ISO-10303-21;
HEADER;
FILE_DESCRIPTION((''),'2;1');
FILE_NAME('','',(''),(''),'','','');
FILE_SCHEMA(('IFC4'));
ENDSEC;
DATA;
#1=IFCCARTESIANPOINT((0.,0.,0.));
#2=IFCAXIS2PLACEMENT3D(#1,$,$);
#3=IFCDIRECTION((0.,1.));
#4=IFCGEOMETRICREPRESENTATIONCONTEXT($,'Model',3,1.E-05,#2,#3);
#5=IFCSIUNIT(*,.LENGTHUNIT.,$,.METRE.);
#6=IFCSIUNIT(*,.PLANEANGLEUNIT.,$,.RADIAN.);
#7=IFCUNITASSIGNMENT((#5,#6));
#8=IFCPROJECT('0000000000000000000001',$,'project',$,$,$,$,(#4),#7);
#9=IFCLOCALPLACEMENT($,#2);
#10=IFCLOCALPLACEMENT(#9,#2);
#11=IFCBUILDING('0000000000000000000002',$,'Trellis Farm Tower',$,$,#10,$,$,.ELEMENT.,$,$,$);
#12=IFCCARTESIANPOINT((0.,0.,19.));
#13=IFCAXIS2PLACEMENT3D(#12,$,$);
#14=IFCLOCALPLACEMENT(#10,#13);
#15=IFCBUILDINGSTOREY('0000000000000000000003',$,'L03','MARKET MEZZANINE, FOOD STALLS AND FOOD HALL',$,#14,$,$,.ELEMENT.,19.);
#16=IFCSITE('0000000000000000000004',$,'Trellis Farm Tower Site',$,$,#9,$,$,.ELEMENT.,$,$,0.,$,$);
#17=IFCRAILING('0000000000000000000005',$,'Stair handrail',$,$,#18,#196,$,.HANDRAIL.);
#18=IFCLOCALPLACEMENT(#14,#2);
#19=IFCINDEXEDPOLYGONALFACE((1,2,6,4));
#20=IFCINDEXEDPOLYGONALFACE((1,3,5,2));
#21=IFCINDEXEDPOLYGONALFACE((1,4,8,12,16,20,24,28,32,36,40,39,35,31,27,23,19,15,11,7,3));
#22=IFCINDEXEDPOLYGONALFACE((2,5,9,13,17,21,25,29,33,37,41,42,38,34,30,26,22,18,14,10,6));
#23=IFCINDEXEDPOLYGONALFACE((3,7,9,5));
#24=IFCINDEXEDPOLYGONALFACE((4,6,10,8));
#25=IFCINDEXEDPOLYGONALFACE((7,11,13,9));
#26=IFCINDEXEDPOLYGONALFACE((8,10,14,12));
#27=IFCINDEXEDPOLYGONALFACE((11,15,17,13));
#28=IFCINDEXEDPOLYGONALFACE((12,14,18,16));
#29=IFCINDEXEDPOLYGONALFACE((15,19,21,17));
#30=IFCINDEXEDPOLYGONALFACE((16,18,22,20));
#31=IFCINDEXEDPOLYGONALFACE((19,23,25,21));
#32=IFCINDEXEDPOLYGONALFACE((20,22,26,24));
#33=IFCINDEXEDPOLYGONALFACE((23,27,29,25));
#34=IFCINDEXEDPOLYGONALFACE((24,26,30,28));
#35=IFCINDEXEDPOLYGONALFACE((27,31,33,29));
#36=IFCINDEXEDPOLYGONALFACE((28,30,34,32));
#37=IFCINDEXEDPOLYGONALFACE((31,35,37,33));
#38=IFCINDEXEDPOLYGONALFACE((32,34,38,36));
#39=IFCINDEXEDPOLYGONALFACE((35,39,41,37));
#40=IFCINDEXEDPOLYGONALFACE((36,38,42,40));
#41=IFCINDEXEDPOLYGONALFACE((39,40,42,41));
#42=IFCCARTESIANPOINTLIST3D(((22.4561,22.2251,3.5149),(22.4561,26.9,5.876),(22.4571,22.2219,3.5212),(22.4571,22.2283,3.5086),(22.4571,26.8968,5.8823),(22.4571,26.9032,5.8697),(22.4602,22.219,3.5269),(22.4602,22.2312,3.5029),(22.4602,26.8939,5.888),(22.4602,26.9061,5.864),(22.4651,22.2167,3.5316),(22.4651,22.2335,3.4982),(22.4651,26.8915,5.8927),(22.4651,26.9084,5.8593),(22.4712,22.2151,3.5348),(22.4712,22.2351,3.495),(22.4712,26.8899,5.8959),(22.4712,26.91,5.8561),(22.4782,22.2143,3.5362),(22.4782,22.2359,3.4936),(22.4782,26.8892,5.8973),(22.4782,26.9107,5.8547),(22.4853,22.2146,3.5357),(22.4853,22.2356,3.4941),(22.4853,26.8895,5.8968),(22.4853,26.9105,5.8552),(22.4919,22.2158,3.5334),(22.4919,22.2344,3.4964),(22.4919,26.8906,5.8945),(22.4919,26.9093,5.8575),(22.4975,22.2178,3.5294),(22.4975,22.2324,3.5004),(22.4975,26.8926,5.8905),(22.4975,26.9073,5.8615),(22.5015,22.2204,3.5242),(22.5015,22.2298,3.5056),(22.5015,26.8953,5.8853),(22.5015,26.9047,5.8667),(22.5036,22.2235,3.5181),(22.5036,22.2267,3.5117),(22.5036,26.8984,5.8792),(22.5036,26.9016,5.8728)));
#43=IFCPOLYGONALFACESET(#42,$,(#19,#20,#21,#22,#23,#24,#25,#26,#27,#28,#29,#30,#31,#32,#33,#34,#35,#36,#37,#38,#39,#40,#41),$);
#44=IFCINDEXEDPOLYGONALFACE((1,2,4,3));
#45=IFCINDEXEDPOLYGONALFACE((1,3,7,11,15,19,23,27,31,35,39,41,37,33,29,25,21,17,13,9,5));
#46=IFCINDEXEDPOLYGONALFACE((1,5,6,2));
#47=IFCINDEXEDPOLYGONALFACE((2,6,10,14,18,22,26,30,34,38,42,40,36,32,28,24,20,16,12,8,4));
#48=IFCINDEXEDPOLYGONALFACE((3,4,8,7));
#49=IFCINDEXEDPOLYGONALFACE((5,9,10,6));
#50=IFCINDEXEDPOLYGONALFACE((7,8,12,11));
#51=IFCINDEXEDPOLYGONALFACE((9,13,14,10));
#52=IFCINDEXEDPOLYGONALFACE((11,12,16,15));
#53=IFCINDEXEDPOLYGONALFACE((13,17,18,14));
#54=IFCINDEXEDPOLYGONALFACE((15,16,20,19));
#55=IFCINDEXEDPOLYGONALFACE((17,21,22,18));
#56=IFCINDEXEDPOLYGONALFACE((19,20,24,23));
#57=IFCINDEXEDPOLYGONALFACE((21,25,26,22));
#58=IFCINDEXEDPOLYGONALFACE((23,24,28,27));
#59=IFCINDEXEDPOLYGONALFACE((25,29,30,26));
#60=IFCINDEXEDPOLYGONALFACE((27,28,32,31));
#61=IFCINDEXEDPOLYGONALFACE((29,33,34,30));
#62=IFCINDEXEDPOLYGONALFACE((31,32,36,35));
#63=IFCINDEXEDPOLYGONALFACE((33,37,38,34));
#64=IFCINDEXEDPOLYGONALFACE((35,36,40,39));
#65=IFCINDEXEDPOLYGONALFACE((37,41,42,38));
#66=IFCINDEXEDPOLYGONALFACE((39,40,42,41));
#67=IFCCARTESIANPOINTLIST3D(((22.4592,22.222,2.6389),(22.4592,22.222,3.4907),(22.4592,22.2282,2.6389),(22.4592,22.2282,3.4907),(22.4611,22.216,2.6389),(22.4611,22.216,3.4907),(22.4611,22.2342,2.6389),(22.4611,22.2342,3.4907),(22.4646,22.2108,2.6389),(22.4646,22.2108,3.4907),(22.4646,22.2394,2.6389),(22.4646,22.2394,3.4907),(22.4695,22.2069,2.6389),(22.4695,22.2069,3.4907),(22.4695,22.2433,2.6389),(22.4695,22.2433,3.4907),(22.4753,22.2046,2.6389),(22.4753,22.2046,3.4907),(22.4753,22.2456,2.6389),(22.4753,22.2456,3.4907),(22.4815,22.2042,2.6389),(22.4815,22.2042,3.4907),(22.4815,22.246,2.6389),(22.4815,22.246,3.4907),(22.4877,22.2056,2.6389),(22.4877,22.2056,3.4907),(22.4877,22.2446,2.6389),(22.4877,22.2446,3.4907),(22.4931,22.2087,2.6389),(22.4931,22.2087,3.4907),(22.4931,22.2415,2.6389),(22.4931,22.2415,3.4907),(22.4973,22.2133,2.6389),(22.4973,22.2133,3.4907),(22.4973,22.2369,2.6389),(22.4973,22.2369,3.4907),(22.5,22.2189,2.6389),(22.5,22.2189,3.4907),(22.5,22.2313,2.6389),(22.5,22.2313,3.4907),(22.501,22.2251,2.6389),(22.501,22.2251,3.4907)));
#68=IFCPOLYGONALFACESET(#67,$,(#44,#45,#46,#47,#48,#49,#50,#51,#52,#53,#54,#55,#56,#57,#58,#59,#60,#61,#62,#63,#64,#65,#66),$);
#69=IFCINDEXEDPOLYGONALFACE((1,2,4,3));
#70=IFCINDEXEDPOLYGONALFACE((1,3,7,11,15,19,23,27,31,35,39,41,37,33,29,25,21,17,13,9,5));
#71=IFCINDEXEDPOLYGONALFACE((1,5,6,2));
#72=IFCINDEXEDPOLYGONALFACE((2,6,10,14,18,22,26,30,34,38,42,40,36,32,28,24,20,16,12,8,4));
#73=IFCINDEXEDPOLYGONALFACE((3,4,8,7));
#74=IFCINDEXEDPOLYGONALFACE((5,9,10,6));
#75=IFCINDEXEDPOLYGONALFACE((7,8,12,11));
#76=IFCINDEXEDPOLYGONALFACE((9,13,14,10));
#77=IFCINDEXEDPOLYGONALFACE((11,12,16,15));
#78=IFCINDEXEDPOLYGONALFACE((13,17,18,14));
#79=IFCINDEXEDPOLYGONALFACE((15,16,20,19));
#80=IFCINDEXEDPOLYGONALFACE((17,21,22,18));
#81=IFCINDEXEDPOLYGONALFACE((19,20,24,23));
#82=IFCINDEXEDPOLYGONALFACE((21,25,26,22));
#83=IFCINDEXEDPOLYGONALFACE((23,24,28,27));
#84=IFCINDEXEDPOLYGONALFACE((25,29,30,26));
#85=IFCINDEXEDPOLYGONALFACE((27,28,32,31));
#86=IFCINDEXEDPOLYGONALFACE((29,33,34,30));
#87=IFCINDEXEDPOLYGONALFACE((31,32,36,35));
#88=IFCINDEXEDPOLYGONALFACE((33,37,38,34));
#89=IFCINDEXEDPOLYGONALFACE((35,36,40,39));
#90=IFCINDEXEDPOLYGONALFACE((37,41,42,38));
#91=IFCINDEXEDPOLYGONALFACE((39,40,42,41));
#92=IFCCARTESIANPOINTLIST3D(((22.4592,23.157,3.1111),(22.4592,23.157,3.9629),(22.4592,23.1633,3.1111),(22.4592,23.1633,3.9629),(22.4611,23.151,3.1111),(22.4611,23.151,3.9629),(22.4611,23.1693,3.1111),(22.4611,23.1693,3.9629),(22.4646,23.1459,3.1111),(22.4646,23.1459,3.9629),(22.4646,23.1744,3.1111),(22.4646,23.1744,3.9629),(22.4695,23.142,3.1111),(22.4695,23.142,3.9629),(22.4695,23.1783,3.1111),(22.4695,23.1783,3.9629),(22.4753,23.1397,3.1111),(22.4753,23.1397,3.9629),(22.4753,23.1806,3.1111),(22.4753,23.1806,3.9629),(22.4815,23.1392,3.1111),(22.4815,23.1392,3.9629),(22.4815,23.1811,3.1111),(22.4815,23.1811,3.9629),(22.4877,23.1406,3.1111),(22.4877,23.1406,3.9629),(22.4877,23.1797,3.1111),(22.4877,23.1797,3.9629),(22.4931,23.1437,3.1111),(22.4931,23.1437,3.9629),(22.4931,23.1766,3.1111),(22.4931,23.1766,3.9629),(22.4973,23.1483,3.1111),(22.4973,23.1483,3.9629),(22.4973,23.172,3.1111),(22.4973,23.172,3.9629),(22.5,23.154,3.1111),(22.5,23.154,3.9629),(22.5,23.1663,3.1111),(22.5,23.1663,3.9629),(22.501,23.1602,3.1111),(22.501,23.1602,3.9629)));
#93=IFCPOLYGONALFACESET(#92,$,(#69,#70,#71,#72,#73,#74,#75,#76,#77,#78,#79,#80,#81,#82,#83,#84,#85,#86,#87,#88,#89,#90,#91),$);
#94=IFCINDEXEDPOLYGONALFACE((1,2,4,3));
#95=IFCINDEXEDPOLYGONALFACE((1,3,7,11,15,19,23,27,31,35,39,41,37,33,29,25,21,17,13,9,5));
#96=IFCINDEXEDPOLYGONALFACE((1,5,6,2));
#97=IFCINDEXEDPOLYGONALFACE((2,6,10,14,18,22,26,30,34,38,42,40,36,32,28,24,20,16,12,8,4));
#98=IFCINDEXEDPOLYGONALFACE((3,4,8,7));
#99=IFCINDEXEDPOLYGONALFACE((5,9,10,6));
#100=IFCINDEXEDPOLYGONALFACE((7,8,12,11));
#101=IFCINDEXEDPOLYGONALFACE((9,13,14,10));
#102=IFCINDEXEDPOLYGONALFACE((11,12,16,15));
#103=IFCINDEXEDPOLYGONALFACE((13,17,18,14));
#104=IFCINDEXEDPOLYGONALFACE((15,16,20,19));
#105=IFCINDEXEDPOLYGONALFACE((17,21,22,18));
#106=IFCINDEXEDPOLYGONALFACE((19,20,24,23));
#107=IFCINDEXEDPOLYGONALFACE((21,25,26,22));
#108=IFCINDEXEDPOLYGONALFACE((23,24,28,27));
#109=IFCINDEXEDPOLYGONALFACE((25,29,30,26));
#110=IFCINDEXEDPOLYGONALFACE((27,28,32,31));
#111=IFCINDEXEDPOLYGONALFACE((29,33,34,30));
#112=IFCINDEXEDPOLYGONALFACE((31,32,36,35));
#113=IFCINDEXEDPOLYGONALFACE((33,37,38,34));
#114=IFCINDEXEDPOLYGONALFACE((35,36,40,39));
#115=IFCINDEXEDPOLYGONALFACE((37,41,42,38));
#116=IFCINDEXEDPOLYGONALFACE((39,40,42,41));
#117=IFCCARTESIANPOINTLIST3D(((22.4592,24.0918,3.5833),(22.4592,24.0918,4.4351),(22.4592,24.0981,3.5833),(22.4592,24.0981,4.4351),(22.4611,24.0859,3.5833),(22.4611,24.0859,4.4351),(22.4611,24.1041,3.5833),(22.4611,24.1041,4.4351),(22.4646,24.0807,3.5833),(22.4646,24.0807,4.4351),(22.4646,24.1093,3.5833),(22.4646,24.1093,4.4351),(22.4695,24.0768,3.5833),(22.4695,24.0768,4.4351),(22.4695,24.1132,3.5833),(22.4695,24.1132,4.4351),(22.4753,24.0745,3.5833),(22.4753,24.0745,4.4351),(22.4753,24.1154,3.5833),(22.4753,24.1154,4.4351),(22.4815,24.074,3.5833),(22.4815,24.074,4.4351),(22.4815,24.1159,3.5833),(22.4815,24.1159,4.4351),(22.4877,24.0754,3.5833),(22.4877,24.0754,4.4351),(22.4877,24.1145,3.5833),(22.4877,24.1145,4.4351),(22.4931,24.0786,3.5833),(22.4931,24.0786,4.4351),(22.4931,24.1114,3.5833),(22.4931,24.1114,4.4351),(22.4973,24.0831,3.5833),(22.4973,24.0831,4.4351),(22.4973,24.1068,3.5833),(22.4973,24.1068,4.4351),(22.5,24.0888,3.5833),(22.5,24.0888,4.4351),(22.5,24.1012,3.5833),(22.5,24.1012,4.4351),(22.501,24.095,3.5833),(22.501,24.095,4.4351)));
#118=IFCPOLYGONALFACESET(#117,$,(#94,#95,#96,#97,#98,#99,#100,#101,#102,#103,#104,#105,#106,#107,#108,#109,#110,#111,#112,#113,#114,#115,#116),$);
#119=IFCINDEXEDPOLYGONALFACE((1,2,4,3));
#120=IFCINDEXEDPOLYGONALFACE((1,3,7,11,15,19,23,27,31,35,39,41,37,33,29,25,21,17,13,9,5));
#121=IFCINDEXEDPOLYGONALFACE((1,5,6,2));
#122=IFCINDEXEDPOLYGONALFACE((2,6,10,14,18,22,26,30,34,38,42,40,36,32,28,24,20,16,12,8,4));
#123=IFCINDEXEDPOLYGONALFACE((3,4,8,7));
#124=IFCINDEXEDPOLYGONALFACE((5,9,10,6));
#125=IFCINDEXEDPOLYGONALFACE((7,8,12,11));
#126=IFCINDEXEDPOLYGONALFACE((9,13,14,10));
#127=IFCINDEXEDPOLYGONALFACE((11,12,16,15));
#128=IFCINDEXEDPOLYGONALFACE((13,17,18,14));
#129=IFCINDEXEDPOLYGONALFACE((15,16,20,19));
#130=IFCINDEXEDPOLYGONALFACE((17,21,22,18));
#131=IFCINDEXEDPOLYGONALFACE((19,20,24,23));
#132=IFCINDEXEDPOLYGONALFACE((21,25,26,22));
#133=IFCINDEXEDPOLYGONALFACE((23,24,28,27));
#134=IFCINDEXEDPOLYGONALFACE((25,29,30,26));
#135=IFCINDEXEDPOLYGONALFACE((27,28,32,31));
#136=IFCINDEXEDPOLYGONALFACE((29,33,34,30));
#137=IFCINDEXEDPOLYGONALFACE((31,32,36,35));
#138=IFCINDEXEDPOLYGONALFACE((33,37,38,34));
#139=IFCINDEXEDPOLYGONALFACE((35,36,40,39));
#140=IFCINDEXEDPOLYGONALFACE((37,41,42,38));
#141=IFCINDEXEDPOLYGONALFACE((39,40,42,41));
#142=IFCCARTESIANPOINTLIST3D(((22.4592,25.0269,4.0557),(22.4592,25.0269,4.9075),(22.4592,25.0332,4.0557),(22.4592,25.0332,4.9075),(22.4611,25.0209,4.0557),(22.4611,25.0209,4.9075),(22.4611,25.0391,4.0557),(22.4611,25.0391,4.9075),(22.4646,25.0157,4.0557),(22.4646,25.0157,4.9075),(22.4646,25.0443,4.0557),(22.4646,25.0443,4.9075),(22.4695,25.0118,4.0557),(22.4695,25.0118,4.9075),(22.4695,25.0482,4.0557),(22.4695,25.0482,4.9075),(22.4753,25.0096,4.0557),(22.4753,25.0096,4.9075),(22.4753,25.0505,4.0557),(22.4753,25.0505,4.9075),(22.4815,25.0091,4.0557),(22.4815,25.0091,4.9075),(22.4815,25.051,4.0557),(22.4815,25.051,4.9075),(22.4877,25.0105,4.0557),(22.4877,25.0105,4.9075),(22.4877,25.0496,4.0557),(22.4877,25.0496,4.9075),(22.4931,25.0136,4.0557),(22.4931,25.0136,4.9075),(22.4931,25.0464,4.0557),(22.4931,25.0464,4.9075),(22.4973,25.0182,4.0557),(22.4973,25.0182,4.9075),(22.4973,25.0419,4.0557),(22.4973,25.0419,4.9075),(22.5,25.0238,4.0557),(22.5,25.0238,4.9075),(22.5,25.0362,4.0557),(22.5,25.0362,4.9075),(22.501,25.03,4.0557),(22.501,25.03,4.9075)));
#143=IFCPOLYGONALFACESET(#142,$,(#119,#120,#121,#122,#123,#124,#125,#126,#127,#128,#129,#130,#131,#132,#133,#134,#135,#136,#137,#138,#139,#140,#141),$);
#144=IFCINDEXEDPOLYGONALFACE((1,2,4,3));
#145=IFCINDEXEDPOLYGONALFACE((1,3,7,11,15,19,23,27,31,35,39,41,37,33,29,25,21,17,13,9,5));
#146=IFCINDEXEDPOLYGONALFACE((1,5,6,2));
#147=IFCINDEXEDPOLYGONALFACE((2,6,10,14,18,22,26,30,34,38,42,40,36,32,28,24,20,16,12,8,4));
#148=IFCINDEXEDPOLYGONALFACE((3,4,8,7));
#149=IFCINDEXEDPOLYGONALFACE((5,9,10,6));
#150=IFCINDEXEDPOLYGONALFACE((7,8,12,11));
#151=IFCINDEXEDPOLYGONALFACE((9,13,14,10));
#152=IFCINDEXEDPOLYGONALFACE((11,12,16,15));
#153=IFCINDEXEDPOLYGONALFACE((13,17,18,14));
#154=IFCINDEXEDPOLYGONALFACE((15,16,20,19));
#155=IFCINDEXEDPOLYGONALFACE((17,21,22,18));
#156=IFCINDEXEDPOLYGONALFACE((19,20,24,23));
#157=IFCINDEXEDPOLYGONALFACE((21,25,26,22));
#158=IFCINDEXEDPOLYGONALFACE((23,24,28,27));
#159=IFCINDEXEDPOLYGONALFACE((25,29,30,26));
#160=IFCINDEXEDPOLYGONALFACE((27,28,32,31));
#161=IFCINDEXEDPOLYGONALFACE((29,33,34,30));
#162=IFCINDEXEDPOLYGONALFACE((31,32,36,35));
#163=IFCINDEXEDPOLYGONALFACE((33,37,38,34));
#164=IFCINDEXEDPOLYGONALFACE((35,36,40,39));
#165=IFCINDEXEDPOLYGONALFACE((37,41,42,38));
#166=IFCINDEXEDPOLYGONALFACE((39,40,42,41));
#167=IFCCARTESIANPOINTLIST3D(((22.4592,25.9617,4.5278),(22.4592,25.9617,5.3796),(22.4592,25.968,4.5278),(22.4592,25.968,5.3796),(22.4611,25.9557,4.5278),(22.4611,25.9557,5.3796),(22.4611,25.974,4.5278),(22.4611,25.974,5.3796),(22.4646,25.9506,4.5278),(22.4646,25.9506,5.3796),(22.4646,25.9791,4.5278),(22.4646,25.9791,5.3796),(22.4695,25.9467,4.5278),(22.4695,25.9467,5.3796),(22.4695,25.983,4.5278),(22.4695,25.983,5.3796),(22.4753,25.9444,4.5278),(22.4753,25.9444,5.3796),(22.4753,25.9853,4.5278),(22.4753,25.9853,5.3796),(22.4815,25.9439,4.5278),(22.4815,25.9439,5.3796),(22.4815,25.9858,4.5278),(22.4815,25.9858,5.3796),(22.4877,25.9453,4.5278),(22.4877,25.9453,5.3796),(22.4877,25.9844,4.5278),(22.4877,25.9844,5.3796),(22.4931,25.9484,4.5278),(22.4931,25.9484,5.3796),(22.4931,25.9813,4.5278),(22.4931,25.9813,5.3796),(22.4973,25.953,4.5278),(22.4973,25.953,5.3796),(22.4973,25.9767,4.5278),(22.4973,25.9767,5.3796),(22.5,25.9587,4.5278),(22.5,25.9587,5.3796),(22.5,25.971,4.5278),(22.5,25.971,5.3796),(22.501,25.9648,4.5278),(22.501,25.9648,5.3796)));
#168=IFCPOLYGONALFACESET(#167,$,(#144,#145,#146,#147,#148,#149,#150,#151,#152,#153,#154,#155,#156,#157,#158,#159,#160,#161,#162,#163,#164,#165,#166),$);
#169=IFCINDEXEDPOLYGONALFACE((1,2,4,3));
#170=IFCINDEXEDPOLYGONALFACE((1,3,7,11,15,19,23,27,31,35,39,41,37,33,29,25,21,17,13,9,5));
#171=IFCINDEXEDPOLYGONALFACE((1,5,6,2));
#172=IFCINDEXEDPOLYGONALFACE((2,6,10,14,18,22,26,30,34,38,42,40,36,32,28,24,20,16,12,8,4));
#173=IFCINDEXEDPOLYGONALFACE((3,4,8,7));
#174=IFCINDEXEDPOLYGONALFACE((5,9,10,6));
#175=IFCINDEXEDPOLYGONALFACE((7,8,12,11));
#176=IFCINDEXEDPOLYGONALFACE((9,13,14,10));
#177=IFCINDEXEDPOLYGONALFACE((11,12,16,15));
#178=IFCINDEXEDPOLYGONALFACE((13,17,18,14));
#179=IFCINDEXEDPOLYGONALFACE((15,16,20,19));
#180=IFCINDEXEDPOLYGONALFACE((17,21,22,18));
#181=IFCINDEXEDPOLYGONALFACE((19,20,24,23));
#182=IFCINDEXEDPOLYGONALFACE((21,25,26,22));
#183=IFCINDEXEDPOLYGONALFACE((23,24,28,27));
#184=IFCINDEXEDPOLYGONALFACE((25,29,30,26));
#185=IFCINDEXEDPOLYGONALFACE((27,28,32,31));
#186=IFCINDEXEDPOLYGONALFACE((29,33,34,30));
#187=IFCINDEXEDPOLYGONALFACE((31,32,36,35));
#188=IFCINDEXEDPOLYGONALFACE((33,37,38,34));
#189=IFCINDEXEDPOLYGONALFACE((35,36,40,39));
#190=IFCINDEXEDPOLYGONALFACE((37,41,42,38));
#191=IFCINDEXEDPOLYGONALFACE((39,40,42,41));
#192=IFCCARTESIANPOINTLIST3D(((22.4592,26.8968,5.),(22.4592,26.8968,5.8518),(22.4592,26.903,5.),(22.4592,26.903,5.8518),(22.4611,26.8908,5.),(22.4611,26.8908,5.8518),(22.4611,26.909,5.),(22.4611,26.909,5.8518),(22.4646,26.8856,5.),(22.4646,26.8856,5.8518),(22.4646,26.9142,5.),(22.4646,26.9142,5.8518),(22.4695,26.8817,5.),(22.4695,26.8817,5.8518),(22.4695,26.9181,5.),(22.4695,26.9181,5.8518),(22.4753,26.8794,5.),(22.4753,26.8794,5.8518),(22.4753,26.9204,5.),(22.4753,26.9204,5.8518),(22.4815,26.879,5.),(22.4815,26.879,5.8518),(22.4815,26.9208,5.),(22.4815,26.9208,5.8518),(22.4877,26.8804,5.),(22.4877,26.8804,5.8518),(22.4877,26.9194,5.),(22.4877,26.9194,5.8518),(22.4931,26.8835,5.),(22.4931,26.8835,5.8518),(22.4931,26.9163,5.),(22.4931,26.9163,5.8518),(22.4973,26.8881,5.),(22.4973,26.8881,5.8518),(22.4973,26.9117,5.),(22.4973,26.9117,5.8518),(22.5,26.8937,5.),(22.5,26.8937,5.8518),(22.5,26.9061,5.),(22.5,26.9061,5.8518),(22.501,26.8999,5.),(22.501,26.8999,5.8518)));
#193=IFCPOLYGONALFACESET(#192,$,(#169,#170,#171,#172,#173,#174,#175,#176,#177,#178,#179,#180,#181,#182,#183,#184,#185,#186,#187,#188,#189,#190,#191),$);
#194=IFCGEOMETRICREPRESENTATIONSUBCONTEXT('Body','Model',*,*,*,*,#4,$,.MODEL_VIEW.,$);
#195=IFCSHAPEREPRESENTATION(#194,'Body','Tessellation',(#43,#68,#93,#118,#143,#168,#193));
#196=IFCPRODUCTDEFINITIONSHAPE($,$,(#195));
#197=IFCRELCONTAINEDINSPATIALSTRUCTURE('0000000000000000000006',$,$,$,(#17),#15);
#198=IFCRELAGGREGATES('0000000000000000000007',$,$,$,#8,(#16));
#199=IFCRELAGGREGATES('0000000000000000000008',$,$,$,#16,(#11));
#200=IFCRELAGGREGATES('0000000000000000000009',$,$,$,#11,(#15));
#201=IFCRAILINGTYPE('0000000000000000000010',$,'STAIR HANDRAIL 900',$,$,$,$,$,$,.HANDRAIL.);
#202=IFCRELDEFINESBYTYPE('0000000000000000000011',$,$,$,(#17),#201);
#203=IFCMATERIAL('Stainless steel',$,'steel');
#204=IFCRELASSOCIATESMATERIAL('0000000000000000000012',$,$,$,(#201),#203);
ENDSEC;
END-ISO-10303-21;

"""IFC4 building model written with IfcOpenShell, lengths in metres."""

from ifc_helpers import new_model, si_unit, direction, frame, origin, origin_2d, place, context, subcontext, project, spatial, circle, extrude, source, transform, mapped, material, type_object, element, save


model = new_model("IFC4")

# Units and contexts
model_context = context("Model", 3, precision=1e-05, world=origin(), true_north=direction((0.0, 1.0)))
body_context = subcontext(model_context, "Body", "Model", "MODEL_VIEW")
ifc_project = project(units=[si_unit("LENGTHUNIT", "METRE"), si_unit("PLANEANGLEUNIT", "RADIAN")], contexts=[model_context])

# Site, building, storey
site_placement = place(None, origin())
site = spatial("IfcSite", under=ifc_project, at=site_placement, Name="Trellis Farm Tower Site", CompositionType="ELEMENT", RefElevation=0.0)
building_placement = place(site_placement, origin())
building = spatial("IfcBuilding", under=site, at=building_placement, Name="Trellis Farm Tower", CompositionType="ELEMENT")
storey_placement = place(building_placement, frame((0.0, 0.0, 19.0)))
storey = spatial("IfcBuildingStorey", under=building, at=storey_placement, Name="L03", Description="MARKET MEZZANINE, FOOD STALLS AND FOOD HALL", CompositionType="ELEMENT", Elevation=19.0)

# Railing
ifc_material_1 = material(Name="Stainless steel", Category="steel")
railing_type = type_object("IfcRailingType", Name="STAIR HANDRAIL 900", PredefinedType="HANDRAIL", material=ifc_material_1)
shared_shape_1 = source(origin(), body_context, "Body", "SweptSolid", [
    extrude(circle(Radius=0.0239, at=origin_2d()), frame((0.0, 0.0, 0.876), z_axis=(0.0, 0.892611, 0.450827), x_axis=(-1.0, 0.0, 0.0)), (0.0, 0.0, 1.0), 5.2373),
    extrude(circle(Radius=0.021, at=origin_2d()), origin(), (0.0, 0.0, 1.0), 0.8518),
    extrude(circle(Radius=0.021, at=origin_2d()), frame((0.0, 0.9351, 0.4722)), (0.0, 0.0, 1.0), 0.8518),
    extrude(circle(Radius=0.021, at=origin_2d()), frame((0.0, 1.8699, 0.9443)), (0.0, 0.0, 1.0), 0.8518),
    extrude(circle(Radius=0.021, at=origin_2d()), frame((0.0, 2.8049, 1.4167)), (0.0, 0.0, 1.0), 0.8518),
    extrude(circle(Radius=0.021, at=origin_2d()), frame((0.0, 3.7397, 1.8889)), (0.0, 0.0, 1.0), 0.8518),
    extrude(circle(Radius=0.021, at=origin_2d()), frame((0.0, 4.6748, 2.3611)), (0.0, 0.0, 1.0), 0.8518),
])
railing_placement = place(storey_placement, frame((22.48, 22.2251, 2.6389)))
element("IfcRailing", 1, at=railing_placement, inside=storey, type_object=railing_type, Name="Stair handrail", PredefinedType="HANDRAIL", context=body_context, shape_type="MappedRepresentation", body=[
    mapped(shared_shape_1, transform((0.0, 0.0, 0.0))),
])

save(model, "model.ifc")
